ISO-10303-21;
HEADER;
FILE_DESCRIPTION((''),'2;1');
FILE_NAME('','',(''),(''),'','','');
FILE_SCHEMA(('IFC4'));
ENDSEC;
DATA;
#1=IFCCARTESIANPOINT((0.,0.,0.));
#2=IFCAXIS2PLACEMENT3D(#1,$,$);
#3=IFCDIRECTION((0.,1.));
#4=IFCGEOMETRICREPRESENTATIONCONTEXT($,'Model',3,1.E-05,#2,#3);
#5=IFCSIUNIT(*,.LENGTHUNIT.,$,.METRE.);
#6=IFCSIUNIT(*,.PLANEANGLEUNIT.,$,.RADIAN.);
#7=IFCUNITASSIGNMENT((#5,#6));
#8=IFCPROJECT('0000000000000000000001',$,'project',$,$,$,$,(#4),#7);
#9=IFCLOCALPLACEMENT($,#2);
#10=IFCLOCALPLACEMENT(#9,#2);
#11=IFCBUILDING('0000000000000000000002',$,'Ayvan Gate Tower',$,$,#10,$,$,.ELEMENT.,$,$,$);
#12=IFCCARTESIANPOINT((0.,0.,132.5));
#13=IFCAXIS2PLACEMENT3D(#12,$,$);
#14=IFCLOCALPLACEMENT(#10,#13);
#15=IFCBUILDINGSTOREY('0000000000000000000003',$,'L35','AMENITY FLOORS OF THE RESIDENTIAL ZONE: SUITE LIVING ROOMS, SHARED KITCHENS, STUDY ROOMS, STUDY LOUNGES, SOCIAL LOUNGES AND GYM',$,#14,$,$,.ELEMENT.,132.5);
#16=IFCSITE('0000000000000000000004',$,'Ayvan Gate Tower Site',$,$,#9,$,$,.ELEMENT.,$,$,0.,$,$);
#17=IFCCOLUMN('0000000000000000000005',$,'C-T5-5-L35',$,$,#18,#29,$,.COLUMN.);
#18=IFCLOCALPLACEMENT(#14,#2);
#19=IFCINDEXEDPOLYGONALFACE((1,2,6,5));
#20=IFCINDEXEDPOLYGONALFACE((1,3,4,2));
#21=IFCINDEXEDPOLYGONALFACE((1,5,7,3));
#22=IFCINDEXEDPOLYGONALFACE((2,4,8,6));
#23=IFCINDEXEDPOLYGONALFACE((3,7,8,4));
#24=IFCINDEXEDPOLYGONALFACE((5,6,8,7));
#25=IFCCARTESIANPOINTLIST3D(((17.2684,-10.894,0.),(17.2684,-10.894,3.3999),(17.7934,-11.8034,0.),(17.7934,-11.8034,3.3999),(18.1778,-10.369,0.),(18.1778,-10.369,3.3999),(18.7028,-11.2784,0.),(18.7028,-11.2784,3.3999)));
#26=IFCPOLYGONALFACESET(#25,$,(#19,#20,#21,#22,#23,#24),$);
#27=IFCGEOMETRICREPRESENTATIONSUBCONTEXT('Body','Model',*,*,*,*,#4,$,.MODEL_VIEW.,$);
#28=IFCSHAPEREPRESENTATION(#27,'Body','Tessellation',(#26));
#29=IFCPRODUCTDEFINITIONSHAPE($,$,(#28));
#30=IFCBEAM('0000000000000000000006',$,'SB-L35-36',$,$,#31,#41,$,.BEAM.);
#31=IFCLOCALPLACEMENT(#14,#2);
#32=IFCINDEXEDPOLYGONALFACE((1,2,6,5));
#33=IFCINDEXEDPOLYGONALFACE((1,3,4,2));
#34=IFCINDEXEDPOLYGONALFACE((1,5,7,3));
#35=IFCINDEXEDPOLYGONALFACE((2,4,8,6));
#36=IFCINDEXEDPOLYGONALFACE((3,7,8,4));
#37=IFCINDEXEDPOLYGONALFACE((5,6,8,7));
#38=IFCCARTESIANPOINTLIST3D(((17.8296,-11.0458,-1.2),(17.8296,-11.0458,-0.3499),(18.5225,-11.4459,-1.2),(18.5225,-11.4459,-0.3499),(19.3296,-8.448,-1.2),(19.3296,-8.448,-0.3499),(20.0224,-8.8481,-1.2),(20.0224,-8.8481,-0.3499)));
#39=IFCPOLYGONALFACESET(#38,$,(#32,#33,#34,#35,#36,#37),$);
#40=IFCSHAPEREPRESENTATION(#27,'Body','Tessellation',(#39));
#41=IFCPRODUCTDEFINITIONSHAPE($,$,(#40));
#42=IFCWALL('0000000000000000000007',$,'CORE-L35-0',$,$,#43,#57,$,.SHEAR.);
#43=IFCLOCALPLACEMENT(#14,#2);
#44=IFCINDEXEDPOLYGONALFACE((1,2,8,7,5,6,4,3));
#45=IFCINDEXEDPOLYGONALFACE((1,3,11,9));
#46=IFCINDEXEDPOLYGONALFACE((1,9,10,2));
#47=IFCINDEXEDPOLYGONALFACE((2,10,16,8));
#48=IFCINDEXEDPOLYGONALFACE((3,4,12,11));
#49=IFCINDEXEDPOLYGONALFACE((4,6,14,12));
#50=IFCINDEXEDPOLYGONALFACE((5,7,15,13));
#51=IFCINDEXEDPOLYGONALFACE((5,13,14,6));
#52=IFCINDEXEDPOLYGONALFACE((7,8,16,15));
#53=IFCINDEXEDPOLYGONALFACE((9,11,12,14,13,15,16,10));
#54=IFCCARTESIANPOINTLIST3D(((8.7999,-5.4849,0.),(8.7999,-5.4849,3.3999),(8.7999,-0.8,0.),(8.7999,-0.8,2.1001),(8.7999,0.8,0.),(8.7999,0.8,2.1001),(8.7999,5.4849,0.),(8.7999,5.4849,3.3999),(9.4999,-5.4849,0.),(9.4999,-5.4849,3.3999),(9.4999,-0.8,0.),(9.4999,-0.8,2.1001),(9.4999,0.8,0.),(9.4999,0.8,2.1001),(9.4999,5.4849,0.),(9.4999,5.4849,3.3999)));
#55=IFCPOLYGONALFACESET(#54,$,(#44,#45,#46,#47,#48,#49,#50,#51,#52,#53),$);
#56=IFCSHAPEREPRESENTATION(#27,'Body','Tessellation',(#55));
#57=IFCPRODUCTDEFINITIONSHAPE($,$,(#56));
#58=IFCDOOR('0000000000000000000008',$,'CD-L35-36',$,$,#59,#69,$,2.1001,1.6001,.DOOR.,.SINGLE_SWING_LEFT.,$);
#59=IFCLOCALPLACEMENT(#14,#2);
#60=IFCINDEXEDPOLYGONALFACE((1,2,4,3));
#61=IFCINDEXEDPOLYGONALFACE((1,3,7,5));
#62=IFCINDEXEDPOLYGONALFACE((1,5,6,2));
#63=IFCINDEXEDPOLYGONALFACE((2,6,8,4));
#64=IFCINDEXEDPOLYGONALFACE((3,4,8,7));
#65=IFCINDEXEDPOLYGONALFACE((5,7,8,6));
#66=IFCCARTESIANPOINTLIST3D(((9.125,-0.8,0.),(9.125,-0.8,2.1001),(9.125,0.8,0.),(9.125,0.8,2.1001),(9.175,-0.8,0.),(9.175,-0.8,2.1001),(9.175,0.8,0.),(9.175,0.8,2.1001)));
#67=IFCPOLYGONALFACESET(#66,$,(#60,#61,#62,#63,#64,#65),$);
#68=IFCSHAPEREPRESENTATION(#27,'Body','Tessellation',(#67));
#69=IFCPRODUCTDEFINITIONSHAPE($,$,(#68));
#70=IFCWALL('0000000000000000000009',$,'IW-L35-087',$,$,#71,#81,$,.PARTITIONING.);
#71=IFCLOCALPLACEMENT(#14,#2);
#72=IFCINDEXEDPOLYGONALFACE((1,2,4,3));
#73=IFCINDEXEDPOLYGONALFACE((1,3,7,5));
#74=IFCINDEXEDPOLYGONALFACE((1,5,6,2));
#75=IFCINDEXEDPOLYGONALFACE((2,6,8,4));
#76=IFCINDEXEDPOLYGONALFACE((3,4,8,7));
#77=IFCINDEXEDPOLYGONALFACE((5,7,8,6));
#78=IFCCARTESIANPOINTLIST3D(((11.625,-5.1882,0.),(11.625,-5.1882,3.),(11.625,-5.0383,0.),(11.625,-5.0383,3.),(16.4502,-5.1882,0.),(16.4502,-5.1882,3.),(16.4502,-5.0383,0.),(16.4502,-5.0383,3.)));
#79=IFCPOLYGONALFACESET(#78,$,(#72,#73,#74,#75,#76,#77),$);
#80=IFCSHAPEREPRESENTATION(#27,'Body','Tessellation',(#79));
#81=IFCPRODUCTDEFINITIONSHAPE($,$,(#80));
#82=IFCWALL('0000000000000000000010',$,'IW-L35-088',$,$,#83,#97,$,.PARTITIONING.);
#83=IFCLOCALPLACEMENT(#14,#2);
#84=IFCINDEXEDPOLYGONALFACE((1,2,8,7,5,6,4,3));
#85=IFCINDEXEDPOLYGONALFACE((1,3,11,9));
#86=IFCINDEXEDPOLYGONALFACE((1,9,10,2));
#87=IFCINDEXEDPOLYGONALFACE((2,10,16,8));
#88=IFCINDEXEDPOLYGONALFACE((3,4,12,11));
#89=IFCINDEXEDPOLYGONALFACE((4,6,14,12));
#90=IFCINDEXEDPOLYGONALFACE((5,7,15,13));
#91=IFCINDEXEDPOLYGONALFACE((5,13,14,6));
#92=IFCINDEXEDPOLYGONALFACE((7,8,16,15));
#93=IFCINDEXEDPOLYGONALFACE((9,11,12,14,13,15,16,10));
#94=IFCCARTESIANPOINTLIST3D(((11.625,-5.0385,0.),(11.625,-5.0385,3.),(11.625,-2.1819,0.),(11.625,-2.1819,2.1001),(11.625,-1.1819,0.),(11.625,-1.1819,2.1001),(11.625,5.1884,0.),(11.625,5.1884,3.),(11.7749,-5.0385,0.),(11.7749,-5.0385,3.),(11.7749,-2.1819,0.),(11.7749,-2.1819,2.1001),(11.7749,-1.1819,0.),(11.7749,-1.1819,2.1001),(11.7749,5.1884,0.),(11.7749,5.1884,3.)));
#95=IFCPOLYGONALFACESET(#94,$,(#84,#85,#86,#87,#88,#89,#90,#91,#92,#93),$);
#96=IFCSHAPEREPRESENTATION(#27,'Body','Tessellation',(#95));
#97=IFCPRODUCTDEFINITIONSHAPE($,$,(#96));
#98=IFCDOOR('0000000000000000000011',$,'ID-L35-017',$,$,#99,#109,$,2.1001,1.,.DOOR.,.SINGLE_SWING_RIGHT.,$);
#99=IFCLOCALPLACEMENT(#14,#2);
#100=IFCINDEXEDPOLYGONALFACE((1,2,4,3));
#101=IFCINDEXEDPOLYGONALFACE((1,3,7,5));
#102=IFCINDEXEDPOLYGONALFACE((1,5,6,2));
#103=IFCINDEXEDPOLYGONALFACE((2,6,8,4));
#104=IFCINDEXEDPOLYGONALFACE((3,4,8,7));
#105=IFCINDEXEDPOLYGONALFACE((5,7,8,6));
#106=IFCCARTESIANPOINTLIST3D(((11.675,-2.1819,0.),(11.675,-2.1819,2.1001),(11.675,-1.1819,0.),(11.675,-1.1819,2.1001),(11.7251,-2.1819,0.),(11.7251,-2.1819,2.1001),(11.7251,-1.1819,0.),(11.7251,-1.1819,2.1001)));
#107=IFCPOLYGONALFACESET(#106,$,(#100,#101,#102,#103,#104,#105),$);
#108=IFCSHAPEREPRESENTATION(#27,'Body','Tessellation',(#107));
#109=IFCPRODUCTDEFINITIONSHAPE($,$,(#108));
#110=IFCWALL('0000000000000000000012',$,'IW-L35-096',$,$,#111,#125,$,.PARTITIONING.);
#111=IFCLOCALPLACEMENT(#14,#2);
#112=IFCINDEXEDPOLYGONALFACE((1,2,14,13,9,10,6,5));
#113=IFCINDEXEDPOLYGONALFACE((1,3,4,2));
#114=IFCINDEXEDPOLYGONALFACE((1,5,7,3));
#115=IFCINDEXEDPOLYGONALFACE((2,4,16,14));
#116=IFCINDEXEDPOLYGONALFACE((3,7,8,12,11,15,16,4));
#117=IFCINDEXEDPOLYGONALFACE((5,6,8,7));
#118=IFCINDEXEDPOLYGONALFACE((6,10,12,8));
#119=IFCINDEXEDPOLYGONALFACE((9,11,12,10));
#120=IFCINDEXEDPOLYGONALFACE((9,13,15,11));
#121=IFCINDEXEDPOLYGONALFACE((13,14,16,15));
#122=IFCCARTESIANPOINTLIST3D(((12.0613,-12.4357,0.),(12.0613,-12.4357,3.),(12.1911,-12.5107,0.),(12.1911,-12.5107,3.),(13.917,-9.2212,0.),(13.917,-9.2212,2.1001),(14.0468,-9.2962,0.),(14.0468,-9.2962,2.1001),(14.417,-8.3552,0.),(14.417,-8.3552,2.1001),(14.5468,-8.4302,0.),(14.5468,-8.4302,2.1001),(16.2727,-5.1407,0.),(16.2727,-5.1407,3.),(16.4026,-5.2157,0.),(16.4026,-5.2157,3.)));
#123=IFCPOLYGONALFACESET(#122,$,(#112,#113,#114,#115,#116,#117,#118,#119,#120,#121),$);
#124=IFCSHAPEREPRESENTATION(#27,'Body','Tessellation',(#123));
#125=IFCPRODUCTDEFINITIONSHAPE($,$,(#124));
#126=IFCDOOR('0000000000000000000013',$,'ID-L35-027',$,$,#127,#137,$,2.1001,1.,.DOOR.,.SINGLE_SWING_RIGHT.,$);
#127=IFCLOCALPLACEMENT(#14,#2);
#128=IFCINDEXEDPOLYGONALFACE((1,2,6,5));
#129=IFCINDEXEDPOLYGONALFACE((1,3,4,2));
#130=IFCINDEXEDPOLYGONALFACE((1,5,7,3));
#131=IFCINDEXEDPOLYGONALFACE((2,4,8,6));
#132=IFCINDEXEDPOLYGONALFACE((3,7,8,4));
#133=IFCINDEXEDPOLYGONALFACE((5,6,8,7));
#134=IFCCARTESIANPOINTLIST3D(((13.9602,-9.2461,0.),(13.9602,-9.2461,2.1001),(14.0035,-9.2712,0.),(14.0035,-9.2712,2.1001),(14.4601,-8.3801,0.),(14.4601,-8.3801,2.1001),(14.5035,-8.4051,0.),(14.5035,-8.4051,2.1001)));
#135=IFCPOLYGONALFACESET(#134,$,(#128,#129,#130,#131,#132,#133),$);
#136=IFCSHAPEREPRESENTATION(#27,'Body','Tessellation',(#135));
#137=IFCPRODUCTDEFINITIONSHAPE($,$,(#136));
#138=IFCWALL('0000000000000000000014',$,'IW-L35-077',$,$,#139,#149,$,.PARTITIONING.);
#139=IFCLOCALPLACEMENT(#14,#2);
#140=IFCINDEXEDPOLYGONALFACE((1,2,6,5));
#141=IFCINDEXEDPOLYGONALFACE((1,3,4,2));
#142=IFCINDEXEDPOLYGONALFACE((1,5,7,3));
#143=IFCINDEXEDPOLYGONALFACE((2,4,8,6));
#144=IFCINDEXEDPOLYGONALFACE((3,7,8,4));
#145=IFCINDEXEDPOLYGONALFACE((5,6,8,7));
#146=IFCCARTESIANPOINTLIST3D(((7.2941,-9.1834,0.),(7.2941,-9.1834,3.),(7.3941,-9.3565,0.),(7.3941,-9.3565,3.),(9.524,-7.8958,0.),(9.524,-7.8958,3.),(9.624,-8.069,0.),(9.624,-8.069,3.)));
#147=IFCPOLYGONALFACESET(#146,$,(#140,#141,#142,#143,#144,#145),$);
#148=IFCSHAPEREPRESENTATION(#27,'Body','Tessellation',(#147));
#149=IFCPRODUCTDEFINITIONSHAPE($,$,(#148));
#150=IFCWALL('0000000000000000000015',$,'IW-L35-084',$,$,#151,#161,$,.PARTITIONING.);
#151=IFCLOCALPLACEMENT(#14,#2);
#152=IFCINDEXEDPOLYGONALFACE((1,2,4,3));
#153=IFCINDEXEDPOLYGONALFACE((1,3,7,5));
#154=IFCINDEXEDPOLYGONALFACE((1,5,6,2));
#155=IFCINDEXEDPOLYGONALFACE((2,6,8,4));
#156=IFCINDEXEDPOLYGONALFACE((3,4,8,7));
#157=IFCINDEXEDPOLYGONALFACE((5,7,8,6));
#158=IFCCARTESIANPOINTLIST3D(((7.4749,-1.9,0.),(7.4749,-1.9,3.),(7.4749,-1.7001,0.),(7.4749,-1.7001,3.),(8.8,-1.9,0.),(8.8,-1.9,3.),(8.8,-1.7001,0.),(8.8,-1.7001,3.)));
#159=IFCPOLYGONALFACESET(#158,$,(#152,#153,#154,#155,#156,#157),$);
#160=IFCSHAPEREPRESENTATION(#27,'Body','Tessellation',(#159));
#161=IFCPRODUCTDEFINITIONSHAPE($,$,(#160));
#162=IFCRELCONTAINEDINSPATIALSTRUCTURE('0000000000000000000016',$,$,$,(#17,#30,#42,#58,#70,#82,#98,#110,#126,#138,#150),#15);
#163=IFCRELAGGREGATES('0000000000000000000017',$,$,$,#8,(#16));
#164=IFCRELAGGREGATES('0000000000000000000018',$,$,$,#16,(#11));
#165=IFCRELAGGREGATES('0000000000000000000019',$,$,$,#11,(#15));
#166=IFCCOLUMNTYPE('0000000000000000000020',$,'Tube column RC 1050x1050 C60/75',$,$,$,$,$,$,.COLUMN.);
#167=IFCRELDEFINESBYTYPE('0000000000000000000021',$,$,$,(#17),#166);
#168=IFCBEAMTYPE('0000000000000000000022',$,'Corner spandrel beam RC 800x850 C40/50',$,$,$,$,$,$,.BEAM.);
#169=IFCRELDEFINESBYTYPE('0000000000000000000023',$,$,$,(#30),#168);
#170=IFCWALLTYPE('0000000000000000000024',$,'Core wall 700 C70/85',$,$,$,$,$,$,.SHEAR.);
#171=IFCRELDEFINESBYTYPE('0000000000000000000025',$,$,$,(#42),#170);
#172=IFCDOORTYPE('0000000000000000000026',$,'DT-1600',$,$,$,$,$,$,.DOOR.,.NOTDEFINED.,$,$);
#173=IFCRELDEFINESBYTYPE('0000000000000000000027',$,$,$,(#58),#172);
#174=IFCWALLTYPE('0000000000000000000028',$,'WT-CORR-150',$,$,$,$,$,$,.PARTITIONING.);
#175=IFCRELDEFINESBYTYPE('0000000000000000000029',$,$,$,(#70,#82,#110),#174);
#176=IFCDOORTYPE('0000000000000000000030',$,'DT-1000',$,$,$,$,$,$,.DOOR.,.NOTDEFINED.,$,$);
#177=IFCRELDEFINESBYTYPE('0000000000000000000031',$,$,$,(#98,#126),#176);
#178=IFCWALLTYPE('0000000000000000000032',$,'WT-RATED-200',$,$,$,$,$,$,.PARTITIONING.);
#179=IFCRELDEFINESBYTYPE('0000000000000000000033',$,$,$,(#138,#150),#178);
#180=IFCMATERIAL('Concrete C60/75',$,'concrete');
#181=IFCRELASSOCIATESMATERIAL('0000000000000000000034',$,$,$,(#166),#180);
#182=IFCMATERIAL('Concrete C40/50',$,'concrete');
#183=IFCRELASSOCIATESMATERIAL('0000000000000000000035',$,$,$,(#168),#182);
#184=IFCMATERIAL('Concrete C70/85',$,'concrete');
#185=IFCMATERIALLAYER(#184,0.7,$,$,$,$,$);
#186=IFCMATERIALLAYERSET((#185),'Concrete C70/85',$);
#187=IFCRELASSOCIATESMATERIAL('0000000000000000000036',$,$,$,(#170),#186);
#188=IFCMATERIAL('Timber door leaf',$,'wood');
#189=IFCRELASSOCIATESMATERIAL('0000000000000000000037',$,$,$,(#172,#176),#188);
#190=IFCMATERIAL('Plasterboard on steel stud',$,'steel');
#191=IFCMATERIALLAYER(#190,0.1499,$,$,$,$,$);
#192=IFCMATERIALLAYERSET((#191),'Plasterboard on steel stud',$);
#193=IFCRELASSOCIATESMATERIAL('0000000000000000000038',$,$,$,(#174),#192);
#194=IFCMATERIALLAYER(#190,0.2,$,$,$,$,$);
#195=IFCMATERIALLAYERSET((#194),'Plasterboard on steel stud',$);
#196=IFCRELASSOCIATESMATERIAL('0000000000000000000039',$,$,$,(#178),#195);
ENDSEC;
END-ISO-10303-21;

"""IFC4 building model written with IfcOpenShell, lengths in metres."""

from ifc_helpers import new_model, si_unit, direction, frame, frame_2d, origin, origin_2d, place, context, subcontext, project, spatial, rectangle, extrude, material, layer, layer_set, material_profile, profile_set, type_object, element, fill, save


model = new_model("IFC4")

# Units and contexts
model_context = context("Model", 3, precision=1e-05, world=origin(), true_north=direction((0.0, 1.0)))
body_context = subcontext(model_context, "Body", "Model", "MODEL_VIEW")
ifc_project = project(units=[si_unit("LENGTHUNIT", "METRE"), si_unit("PLANEANGLEUNIT", "RADIAN")], contexts=[model_context])

# Site, building, storey
site_placement = place(None, origin())
site = spatial("IfcSite", under=ifc_project, at=site_placement, Name="Ayvan Gate Tower Site", CompositionType="ELEMENT", RefElevation=0.0)
building_placement = place(site_placement, origin())
building = spatial("IfcBuilding", under=site, at=building_placement, Name="Ayvan Gate Tower", CompositionType="ELEMENT")
storey_placement = place(building_placement, frame((0.0, 0.0, 132.5)))
storey = spatial("IfcBuildingStorey", under=building, at=storey_placement, Name="L35", Description="AMENITY FLOORS OF THE RESIDENTIAL ZONE: SUITE LIVING ROOMS, SHARED KITCHENS, STUDY ROOMS, STUDY LOUNGES, SOCIAL LOUNGES AND GYM", CompositionType="ELEMENT", Elevation=132.5)

# Column
ifc_material_1 = material(Name="Concrete C60/75", Category="concrete")
ifc_material_profile_1 = material_profile(ifc_material_1, rectangle(XDim=1.05, YDim=1.05, at=origin_2d()), Name="RC 1050x1050")
ifc_profile_set_1 = profile_set([ifc_material_profile_1], Name="Concrete C60/75")
column_type = type_object("IfcColumnType", Name="Tube column RC 1050x1050 C60/75", PredefinedType="COLUMN", material=ifc_profile_set_1)
column_placement = place(storey_placement, frame((17.9856, -11.0862, 0.0), z_axis=(0.0, 0.0, 1.0), x_axis=(0.5, -0.866025, 0.0)))
element("IfcColumn", 1, at=column_placement, inside=storey, type_object=column_type, Name="C-T5-5-L35", PredefinedType="COLUMN", context=body_context, shape_type="SweptSolid", body=[
    extrude(rectangle(XDim=1.05, YDim=1.05, at=origin_2d()), origin(), (0.0, 0.0, 1.0), 3.3999),
])

# Beam
ifc_material_2 = material(Name="Concrete C40/50", Category="concrete")
ifc_material_profile_2 = material_profile(ifc_material_2, rectangle(XDim=0.8, YDim=0.8501, at=origin_2d()), Name="RC 800x850")
ifc_profile_set_2 = profile_set([ifc_material_profile_2], Name="Concrete C40/50")
beam_type = type_object("IfcBeamType", Name="Corner spandrel beam RC 800x850 C40/50", PredefinedType="BEAM", material=ifc_profile_set_2)
beam_placement = place(storey_placement, frame((18.176, -11.2458, -0.7749), z_axis=(0.500025, 0.866011, 0.0), x_axis=(-0.866011, 0.500025, 0.0)))
element("IfcBeam", 2, at=beam_placement, inside=storey, type_object=beam_type, Name="SB-L35-36", PredefinedType="BEAM", context=body_context, shape_type="SweptSolid", body=[
    extrude(rectangle(XDim=0.8, YDim=0.8501, at=origin_2d()), origin(), (0.0, 0.0, 1.0), 2.9998),
])

# Wall, opening, door
ifc_material_3 = material(Name="Concrete C70/85", Category="concrete")
ifc_layer_1 = layer(ifc_material_3, 0.7)
ifc_layer_set_1 = layer_set([ifc_layer_1], Name="Concrete C70/85")
wall_type_1 = type_object("IfcWallType", Name="Core wall 700 C70/85", PredefinedType="SHEAR", material=ifc_layer_set_1)
wall_1_placement = place(storey_placement, frame((9.1499, -5.4849, 0.0), z_axis=(0.0, 0.0, 1.0), x_axis=(0.0, 1.0, 0.0)))
wall_1 = element("IfcWall", 3, at=wall_1_placement, inside=storey, type_object=wall_type_1, Name="CORE-L35-0", PredefinedType="SHEAR", context=body_context, shape_type="SweptSolid", body=[
    extrude(rectangle(XDim=10.9697, YDim=0.7, at=frame_2d((5.4849, 0.0))), origin(), (0.0, 0.0, 1.0), 3.3999),
])
opening_1_placement = place(wall_1_placement, frame((4.6848, 0.0, 0.0)))
opening_1 = element("IfcOpeningElement", 4, at=opening_1_placement, cuts=wall_1, PredefinedType="OPENING", context=body_context, shape_type="SweptSolid", body=[
    extrude(rectangle(XDim=1.6001, YDim=2.1001, at=frame_2d((0.8, 1.05))), frame((0.0, 0.3599, 0.0), z_axis=(0.0, -1.0, 0.0), x_axis=(1.0, 0.0, 0.0)), (0.0, 0.0, 1.0), 0.72),
])
ifc_material_4 = material(Name="Timber door leaf", Category="wood")
door_type_1 = type_object("IfcDoorType", Name="DT-1600", OperationType="NOTDEFINED", PredefinedType="DOOR", material=ifc_material_4)
door_1_placement = place(opening_1_placement, origin())
door_1 = element("IfcDoor", 5, at=door_1_placement, inside=storey, type_object=door_type_1, Name="CD-L35-36", OperationType="SINGLE_SWING_LEFT", OverallHeight=2.1001, OverallWidth=1.6001, PredefinedType="DOOR", context=body_context, shape_type="SweptSolid", body=[
    extrude(rectangle(XDim=1.6001, YDim=2.1001, at=frame_2d((0.8, 1.05))), frame((0.0, 0.0249, 0.0), z_axis=(0.0, -1.0, 0.0), x_axis=(1.0, 0.0, 0.0)), (0.0, 0.0, 1.0), 0.05),
])
fill(opening_1, door_1)

# Wall
ifc_material_5 = material(Name="Plasterboard on steel stud", Category="steel")
ifc_layer_2 = layer(ifc_material_5, 0.1499)
ifc_layer_set_2 = layer_set([ifc_layer_2], Name="Plasterboard on steel stud")
wall_type_2 = type_object("IfcWallType", Name="WT-CORR-150", PredefinedType="PARTITIONING", material=ifc_layer_set_2)
wall_2_placement = place(storey_placement, frame((11.625, -5.1133, 0.0), z_axis=(0.0, 0.0, 1.0), x_axis=(1.0, 0.0, 0.0)))
element("IfcWall", 6, at=wall_2_placement, inside=storey, type_object=wall_type_2, Name="IW-L35-087", PredefinedType="PARTITIONING", context=body_context, shape_type="SweptSolid", body=[
    extrude(rectangle(XDim=4.8252, YDim=0.1499, at=frame_2d((2.4126, 0.0))), origin(), (0.0, 0.0, 1.0), 3.0),
])

# Walls, openings, doors
wall_3_placement = place(storey_placement, frame((11.7, -5.0383, 0.0), z_axis=(0.0, 0.0, 1.0), x_axis=(0.0, 1.0, 0.0)))
wall_3 = element("IfcWall", 7, at=wall_3_placement, inside=storey, type_object=wall_type_2, Name="IW-L35-088", PredefinedType="PARTITIONING", context=body_context, shape_type="SweptSolid", body=[
    extrude(rectangle(XDim=10.2268, YDim=0.1499, at=frame_2d((5.1133, 0.0))), origin(), (0.0, 0.0, 1.0), 3.0),
])
opening_2_placement = place(wall_3_placement, frame((2.8564, 0.0, 0.0)))
opening_2 = element("IfcOpeningElement", 8, at=opening_2_placement, cuts=wall_3, PredefinedType="OPENING", context=body_context, shape_type="SweptSolid", body=[
    extrude(rectangle(XDim=1.0, YDim=2.1001, at=frame_2d((0.5, 1.05))), frame((0.0, 0.085, 0.0), z_axis=(0.0, -1.0, 0.0), x_axis=(1.0, 0.0, 0.0)), (0.0, 0.0, 1.0), 0.1699),
])
door_type_2 = type_object("IfcDoorType", Name="DT-1000", OperationType="NOTDEFINED", PredefinedType="DOOR", material=ifc_material_4)
door_2_placement = place(opening_2_placement, origin())
door_2 = element("IfcDoor", 9, at=door_2_placement, inside=storey, type_object=door_type_2, Name="ID-L35-017", OperationType="SINGLE_SWING_RIGHT", OverallHeight=2.1001, OverallWidth=1.0, PredefinedType="DOOR", context=body_context, shape_type="SweptSolid", body=[
    extrude(rectangle(XDim=1.0, YDim=2.1001, at=frame_2d((0.5, 1.05))), frame((0.0, 0.0249, 0.0), z_axis=(0.0, -1.0, 0.0), x_axis=(1.0, 0.0, 0.0)), (0.0, 0.0, 1.0), 0.05),
])
fill(opening_2, door_2)
wall_4_placement = place(storey_placement, frame((16.3376, -5.1782, 0.0), z_axis=(0.0, 0.0, 1.0), x_axis=(-0.499973, -0.866041, 0.0)))
wall_4 = element("IfcWall", 10, at=wall_4_placement, inside=storey, type_object=wall_type_2, Name="IW-L35-096", PredefinedType="PARTITIONING", context=body_context, shape_type="SweptSolid", body=[
    extrude(rectangle(XDim=8.4233, YDim=0.1499, at=frame_2d((4.2117, 0.0))), origin(), (0.0, 0.0, 1.0), 3.0),
])
opening_3_placement = place(wall_4_placement, frame((3.7117, 0.0, 0.0)))
opening_3 = element("IfcOpeningElement", 11, at=opening_3_placement, cuts=wall_4, PredefinedType="OPENING", context=body_context, shape_type="SweptSolid", body=[
    extrude(rectangle(XDim=1.0, YDim=2.1001, at=frame_2d((0.5, 1.05))), frame((0.0, 0.085, 0.0), z_axis=(0.0, -1.0, 0.0), x_axis=(1.0, 0.0, 0.0)), (0.0, 0.0, 1.0), 0.1699),
])
door_3_placement = place(opening_3_placement, origin())
door_3 = element("IfcDoor", 12, at=door_3_placement, inside=storey, type_object=door_type_2, Name="ID-L35-027", OperationType="SINGLE_SWING_RIGHT", OverallHeight=2.1001, OverallWidth=1.0, PredefinedType="DOOR", context=body_context, shape_type="SweptSolid", body=[
    extrude(rectangle(XDim=1.0, YDim=2.1001, at=frame_2d((0.5, 1.05))), frame((0.0, 0.0249, 0.0), z_axis=(0.0, -1.0, 0.0), x_axis=(1.0, 0.0, 0.0)), (0.0, 0.0, 1.0), 0.05),
])
fill(opening_3, door_3)

# Walls
ifc_layer_3 = layer(ifc_material_5, 0.2)
ifc_layer_set_3 = layer_set([ifc_layer_3], Name="Plasterboard on steel stud")
wall_type_3 = type_object("IfcWallType", Name="WT-RATED-200", PredefinedType="PARTITIONING", material=ifc_layer_set_3)
wall_5_placement = place(storey_placement, frame((7.344, -9.27, 0.0), z_axis=(0.0, 0.0, 1.0), x_axis=(0.866006, 0.500034, 0.0)))
element("IfcWall", 13, at=wall_5_placement, inside=storey, type_object=wall_type_3, Name="IW-L35-077", PredefinedType="PARTITIONING", context=body_context, shape_type="SweptSolid", body=[
    extrude(rectangle(XDim=2.575, YDim=0.2, at=frame_2d((1.2876, 0.0))), origin(), (0.0, 0.0, 1.0), 3.0),
])
wall_6_placement = place(storey_placement, frame((8.8, -1.8, 0.0), z_axis=(0.0, 0.0, 1.0), x_axis=(-1.0, 0.0, 0.0)))
element("IfcWall", 14, at=wall_6_placement, inside=storey, type_object=wall_type_3, Name="IW-L35-084", PredefinedType="PARTITIONING", context=body_context, shape_type="SweptSolid", body=[
    extrude(rectangle(XDim=1.3252, YDim=0.2, at=frame_2d((0.6626, 0.0))), origin(), (0.0, 0.0, 1.0), 3.0),
])

save(model, "model.ifc")
